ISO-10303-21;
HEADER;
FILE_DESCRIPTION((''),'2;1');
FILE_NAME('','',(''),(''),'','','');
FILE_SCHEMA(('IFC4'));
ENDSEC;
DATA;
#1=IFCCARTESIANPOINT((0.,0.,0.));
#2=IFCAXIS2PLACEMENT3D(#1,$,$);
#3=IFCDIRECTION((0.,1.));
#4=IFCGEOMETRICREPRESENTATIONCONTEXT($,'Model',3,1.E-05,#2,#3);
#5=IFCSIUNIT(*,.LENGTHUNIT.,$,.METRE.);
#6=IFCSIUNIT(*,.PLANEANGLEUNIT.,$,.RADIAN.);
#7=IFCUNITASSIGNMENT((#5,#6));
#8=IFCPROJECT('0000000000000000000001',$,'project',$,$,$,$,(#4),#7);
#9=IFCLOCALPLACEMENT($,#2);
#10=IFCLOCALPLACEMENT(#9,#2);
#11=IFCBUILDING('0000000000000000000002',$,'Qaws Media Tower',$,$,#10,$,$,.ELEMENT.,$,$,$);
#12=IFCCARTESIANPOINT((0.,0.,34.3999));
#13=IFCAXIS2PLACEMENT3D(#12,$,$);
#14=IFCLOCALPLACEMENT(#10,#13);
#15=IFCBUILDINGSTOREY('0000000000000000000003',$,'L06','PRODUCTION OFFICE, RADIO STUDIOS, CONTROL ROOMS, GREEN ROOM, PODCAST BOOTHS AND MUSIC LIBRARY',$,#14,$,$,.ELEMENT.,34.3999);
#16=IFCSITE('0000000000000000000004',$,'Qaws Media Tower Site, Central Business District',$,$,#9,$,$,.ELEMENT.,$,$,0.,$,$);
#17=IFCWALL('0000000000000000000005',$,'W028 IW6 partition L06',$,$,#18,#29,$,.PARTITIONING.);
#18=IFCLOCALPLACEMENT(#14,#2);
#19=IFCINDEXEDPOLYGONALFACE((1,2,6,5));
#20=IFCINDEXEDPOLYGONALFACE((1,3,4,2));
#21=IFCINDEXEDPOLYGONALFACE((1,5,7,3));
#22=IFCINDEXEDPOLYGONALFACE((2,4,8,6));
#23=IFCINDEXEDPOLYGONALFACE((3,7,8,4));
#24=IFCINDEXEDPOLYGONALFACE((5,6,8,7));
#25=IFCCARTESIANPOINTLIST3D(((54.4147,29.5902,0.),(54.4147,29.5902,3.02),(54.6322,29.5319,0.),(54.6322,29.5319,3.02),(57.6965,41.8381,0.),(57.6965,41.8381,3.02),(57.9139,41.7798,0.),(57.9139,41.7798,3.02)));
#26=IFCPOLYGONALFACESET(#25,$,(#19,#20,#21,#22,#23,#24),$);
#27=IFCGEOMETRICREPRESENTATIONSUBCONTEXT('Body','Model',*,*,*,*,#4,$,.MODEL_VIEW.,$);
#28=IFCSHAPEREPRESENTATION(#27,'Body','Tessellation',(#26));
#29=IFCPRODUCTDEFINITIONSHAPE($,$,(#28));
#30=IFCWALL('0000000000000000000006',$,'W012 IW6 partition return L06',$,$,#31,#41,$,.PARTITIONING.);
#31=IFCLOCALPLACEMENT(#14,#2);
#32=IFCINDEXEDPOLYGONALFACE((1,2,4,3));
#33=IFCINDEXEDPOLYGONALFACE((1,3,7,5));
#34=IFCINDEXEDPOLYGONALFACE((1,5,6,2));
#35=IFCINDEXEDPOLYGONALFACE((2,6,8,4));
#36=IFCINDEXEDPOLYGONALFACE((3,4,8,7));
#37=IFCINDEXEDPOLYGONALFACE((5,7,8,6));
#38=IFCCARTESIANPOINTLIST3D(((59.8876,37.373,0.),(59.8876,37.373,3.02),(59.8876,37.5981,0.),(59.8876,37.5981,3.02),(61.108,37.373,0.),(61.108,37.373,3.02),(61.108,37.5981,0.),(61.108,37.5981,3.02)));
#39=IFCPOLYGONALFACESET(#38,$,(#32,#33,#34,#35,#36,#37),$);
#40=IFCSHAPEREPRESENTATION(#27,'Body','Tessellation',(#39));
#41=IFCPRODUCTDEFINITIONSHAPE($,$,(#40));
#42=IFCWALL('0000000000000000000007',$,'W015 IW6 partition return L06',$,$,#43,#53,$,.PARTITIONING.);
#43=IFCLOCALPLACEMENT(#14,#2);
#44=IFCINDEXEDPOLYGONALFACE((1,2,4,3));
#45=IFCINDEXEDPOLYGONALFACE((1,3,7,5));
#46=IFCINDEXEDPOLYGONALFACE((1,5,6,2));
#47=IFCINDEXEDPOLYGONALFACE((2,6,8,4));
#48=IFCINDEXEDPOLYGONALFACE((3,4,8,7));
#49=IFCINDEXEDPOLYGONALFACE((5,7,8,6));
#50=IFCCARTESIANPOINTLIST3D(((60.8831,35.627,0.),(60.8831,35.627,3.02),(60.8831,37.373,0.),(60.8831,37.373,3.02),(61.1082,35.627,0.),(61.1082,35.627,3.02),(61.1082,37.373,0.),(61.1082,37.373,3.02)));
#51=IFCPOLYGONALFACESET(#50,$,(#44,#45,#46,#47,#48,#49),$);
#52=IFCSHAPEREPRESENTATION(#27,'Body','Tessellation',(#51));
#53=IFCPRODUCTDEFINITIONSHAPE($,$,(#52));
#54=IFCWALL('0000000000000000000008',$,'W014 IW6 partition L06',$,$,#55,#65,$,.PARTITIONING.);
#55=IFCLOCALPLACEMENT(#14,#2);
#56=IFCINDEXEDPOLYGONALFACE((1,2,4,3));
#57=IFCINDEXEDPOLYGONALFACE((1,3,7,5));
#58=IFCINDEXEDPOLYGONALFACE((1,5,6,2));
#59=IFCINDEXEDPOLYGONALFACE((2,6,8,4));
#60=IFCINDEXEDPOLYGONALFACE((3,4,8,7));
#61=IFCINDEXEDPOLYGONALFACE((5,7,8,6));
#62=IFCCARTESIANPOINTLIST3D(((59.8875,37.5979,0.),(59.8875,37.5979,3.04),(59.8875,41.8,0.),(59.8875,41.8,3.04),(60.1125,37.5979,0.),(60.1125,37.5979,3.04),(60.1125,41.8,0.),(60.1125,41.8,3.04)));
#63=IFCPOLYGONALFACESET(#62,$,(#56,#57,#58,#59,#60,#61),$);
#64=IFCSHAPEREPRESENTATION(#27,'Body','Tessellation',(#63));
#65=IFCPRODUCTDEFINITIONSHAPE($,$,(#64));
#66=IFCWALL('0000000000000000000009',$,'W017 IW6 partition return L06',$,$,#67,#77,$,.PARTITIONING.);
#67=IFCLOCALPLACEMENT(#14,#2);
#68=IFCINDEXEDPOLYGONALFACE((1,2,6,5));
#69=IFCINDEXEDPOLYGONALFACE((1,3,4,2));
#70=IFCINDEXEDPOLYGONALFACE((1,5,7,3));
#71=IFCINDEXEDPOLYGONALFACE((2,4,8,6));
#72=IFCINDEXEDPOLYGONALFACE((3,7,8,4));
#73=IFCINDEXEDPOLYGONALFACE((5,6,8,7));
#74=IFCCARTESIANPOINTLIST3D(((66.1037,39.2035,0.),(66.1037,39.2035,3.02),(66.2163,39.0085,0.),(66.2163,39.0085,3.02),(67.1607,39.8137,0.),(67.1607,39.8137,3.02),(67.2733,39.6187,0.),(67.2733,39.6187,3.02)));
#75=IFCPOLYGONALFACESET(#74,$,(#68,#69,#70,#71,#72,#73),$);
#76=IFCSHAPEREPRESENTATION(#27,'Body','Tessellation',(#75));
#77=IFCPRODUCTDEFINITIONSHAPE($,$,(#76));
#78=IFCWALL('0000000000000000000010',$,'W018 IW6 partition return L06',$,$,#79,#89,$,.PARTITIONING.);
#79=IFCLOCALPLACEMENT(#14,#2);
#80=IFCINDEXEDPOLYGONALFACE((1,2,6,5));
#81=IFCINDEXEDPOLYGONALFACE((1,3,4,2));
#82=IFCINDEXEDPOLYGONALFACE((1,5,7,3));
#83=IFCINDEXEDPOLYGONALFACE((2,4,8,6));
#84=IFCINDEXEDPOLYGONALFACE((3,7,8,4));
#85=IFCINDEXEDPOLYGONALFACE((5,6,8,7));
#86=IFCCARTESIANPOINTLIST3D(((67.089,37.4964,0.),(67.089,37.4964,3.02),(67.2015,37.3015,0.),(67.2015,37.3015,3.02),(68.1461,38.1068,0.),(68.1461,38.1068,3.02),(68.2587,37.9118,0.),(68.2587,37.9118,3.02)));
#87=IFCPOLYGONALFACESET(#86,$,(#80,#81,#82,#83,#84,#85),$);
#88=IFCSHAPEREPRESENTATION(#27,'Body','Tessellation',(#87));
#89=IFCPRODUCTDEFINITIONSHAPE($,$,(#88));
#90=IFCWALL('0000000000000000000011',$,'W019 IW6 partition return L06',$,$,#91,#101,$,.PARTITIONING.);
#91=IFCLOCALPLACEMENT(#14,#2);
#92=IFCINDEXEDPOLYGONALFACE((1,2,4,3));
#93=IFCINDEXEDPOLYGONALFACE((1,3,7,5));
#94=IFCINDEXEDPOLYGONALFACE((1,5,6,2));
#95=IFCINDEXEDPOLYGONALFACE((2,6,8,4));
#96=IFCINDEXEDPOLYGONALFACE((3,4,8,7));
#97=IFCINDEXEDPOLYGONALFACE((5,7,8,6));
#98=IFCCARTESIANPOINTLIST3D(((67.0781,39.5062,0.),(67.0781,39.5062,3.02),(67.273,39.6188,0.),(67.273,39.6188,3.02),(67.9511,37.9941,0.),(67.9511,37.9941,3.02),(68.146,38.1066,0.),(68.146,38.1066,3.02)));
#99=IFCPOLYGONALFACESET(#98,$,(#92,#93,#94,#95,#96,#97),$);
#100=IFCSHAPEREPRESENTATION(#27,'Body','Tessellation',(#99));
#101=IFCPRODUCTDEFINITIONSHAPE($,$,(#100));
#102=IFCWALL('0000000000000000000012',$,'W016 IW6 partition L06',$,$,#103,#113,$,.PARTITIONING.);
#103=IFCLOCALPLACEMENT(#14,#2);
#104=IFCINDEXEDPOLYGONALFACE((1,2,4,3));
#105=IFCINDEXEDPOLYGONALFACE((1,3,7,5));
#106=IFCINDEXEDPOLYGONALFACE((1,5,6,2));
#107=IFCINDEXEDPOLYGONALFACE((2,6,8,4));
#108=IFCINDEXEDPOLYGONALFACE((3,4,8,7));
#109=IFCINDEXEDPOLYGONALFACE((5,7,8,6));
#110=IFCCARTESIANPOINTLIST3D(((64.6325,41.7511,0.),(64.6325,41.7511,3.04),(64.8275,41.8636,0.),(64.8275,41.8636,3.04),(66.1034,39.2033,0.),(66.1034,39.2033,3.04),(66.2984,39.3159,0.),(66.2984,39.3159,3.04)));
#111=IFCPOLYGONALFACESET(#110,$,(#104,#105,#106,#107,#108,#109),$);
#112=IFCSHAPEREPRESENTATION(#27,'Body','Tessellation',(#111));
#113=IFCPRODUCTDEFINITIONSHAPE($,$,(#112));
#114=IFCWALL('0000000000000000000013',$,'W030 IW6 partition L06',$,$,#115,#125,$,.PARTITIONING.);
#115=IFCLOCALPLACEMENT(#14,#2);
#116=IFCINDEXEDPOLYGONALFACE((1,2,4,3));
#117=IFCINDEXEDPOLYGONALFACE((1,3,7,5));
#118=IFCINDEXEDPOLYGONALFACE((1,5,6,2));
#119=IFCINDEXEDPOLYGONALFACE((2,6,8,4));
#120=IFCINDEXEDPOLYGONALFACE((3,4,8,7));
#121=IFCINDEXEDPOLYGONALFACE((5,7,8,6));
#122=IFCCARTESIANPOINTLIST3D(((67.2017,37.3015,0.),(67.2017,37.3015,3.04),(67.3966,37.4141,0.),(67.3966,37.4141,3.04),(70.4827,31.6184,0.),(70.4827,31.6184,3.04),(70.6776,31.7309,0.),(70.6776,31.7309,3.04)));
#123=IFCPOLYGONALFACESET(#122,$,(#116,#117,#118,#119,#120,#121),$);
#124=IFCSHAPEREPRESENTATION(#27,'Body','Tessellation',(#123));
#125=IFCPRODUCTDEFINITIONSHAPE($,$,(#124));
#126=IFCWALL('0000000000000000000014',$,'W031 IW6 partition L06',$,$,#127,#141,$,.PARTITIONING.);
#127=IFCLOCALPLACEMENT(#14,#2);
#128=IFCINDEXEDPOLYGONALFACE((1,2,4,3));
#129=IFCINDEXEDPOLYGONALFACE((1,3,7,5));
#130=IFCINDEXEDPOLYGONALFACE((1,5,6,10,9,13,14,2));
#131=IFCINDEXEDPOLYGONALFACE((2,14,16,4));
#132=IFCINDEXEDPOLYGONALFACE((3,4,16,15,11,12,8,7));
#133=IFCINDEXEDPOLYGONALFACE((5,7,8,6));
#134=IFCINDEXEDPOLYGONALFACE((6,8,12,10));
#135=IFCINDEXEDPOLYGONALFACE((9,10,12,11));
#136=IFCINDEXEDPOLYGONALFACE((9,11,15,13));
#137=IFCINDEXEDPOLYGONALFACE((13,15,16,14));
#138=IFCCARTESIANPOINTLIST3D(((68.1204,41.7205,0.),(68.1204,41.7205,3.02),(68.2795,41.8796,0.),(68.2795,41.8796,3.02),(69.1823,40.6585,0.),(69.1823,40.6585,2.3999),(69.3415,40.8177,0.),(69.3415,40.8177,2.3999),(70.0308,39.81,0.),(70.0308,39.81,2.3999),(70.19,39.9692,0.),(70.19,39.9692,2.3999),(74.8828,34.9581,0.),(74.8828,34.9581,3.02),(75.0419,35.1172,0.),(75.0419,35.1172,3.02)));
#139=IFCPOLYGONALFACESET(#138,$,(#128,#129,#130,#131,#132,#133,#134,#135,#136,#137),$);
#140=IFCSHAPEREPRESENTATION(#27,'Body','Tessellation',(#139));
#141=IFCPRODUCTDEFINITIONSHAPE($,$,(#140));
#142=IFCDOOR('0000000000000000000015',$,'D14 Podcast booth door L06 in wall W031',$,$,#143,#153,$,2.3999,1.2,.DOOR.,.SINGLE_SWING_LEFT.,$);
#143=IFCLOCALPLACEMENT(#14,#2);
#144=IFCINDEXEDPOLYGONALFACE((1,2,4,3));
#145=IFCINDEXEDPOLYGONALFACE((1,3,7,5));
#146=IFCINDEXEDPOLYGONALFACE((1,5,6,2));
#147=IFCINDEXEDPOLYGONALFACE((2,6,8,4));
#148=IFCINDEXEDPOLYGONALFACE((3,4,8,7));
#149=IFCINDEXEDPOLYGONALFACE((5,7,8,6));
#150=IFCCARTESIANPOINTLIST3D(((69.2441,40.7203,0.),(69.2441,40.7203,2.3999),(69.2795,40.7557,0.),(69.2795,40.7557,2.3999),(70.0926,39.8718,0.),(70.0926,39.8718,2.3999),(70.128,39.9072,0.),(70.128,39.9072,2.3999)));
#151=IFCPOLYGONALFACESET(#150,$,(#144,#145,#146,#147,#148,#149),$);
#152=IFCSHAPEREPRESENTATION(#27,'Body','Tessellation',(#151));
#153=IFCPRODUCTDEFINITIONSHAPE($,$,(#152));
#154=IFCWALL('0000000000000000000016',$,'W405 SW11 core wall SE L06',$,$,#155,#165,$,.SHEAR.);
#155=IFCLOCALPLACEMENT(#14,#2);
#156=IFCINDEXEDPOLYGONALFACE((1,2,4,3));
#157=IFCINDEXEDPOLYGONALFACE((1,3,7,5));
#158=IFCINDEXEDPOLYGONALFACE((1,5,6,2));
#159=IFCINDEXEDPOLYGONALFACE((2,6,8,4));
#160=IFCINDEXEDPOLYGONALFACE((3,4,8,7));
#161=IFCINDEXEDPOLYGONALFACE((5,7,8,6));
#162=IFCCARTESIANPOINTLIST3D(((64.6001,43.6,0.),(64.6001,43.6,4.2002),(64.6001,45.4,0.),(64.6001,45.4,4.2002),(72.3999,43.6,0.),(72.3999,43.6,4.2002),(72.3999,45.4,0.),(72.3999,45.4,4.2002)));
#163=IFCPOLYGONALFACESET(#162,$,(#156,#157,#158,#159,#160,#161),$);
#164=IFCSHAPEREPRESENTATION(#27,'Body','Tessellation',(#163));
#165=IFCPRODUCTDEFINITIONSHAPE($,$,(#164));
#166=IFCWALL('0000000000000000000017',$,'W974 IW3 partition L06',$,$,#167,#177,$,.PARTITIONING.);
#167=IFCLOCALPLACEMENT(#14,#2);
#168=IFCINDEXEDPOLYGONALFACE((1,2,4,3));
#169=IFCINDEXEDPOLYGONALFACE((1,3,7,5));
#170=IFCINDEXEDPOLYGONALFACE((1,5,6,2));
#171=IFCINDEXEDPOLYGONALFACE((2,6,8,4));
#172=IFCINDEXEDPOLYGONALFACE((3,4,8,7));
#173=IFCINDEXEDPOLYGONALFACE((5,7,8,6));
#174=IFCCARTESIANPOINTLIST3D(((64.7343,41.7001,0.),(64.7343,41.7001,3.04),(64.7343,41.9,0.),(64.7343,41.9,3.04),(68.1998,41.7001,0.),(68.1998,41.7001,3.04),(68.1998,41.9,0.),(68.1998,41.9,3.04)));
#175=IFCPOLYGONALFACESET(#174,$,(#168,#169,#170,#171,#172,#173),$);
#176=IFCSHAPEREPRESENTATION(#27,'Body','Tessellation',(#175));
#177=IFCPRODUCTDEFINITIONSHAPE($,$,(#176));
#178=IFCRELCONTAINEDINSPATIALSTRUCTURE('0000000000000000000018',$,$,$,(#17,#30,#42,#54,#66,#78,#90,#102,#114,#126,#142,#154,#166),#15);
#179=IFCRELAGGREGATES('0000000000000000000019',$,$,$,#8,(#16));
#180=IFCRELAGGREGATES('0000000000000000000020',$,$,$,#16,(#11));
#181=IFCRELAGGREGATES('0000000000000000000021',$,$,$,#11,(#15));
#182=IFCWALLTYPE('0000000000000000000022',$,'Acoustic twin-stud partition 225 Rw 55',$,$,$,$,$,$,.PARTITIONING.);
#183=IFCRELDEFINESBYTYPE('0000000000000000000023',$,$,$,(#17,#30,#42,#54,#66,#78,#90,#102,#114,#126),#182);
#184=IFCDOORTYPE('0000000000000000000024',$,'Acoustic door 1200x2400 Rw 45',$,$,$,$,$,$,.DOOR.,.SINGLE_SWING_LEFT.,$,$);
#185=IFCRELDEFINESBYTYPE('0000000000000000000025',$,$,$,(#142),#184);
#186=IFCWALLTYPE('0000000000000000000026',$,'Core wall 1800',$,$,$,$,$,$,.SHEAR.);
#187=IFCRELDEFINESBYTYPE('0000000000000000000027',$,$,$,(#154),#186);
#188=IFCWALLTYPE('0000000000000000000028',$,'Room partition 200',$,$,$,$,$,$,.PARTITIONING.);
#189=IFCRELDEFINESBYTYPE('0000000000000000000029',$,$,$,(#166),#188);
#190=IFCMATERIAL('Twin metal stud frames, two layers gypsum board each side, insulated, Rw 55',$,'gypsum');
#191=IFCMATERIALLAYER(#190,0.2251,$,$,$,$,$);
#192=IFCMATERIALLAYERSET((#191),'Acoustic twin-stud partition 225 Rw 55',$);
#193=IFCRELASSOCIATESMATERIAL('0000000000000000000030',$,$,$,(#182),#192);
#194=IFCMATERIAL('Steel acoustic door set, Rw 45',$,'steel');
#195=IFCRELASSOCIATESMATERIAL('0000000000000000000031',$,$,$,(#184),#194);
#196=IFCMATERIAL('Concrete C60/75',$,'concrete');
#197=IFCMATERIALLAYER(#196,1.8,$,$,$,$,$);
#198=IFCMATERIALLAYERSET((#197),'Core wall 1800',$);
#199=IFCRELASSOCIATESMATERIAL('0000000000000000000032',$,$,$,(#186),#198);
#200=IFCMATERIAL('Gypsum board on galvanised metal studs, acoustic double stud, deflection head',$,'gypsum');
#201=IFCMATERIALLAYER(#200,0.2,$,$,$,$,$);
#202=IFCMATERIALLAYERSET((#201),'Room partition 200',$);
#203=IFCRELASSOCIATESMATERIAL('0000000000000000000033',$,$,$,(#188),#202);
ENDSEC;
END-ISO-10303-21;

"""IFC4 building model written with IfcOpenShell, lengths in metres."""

from ifc_helpers import new_model, si_unit, direction, frame, frame_2d, origin, place, context, subcontext, project, spatial, rectangle, extrude, material, layer, layer_set, type_object, element, fill, save


model = new_model("IFC4")

# Units and contexts
model_context = context("Model", 3, precision=1e-05, world=origin(), true_north=direction((0.0, 1.0)))
body_context = subcontext(model_context, "Body", "Model", "MODEL_VIEW")
ifc_project = project(units=[si_unit("LENGTHUNIT", "METRE"), si_unit("PLANEANGLEUNIT", "RADIAN")], contexts=[model_context])

# Site, building, storey
site_placement = place(None, origin())
site = spatial("IfcSite", under=ifc_project, at=site_placement, Name="Qaws Media Tower Site, Central Business District", CompositionType="ELEMENT", RefElevation=0.0)
building_placement = place(site_placement, origin())
building = spatial("IfcBuilding", under=site, at=building_placement, Name="Qaws Media Tower", CompositionType="ELEMENT")
storey_placement = place(building_placement, frame((0.0, 0.0, 34.3999)))
storey = spatial("IfcBuildingStorey", under=building, at=storey_placement, Name="L06", Description="PRODUCTION OFFICE, RADIO STUDIOS, CONTROL ROOMS, GREEN ROOM, PODCAST BOOTHS AND MUSIC LIBRARY", CompositionType="ELEMENT", Elevation=34.3999)

# Walls
ifc_material_1 = material(Name="Twin metal stud frames, two layers gypsum board each side, insulated, Rw 55", Category="gypsum")
ifc_layer_1 = layer(ifc_material_1, 0.2251)
ifc_layer_set_1 = layer_set([ifc_layer_1], Name="Acoustic twin-stud partition 225 Rw 55")
wall_type_1 = type_object("IfcWallType", Name="Acoustic twin-stud partition 225 Rw 55", PredefinedType="PARTITIONING", material=ifc_layer_set_1)
wall_1_placement = place(storey_placement, frame((57.8052, 41.8088, 0.0), z_axis=(0.0, 0.0, 1.0), x_axis=(-0.258815, -0.965927, 0.0)))
element("IfcWall", 1, at=wall_1_placement, inside=storey, type_object=wall_type_1, Name="W028 IW6 partition L06", PredefinedType="PARTITIONING", context=body_context, shape_type="SweptSolid", body=[
    extrude(rectangle(XDim=12.6799, YDim=0.2251, at=frame_2d((6.3398, 0.0))), origin(), (0.0, 0.0, 1.0), 3.02),
])
wall_2_placement = place(storey_placement, frame((59.8875, 37.4856, 0.0), z_axis=(0.0, 0.0, 1.0), x_axis=(1.0, 0.0, 0.0)))
element("IfcWall", 2, at=wall_2_placement, inside=storey, type_object=wall_type_1, Name="W012 IW6 partition return L06", PredefinedType="PARTITIONING", context=body_context, shape_type="SweptSolid", body=[
    extrude(rectangle(XDim=1.2205, YDim=0.2251, at=frame_2d((0.6104, 0.0))), origin(), (0.0, 0.0, 1.0), 3.02),
])
wall_3_placement = place(storey_placement, frame((60.9956, 37.373, 0.0), z_axis=(0.0, 0.0, 1.0), x_axis=(0.0, -1.0, 0.0)))
element("IfcWall", 3, at=wall_3_placement, inside=storey, type_object=wall_type_1, Name="W015 IW6 partition return L06", PredefinedType="PARTITIONING", context=body_context, shape_type="SweptSolid", body=[
    extrude(rectangle(XDim=1.7461, YDim=0.2251, at=frame_2d((0.873, 0.0))), origin(), (0.0, 0.0, 1.0), 3.02),
])
wall_4_placement = place(storey_placement, frame((60.0, 41.8, 0.0), z_axis=(0.0, 0.0, 1.0), x_axis=(0.0, -1.0, 0.0)))
element("IfcWall", 4, at=wall_4_placement, inside=storey, type_object=wall_type_1, Name="W014 IW6 partition L06", PredefinedType="PARTITIONING", context=body_context, shape_type="SweptSolid", body=[
    extrude(rectangle(XDim=4.2021, YDim=0.2251, at=frame_2d((2.1011, 0.0))), origin(), (0.0, 0.0, 1.0), 3.04),
])
wall_5_placement = place(storey_placement, frame((66.1599, 39.106, 0.0), z_axis=(0.0, 0.0, 1.0), x_axis=(0.866056, 0.499948, 0.0)))
element("IfcWall", 5, at=wall_5_placement, inside=storey, type_object=wall_type_1, Name="W017 IW6 partition return L06", PredefinedType="PARTITIONING", context=body_context, shape_type="SweptSolid", body=[
    extrude(rectangle(XDim=1.2205, YDim=0.2251, at=frame_2d((0.6104, 0.0))), origin(), (0.0, 0.0, 1.0), 3.02),
])
wall_6_placement = place(storey_placement, frame((67.1453, 37.3989, 0.0), z_axis=(0.0, 0.0, 1.0), x_axis=(0.866019, 0.500011, 0.0)))
element("IfcWall", 6, at=wall_6_placement, inside=storey, type_object=wall_type_1, Name="W018 IW6 partition return L06", PredefinedType="PARTITIONING", context=body_context, shape_type="SweptSolid", body=[
    extrude(rectangle(XDim=1.2207, YDim=0.2251, at=frame_2d((0.6104, 0.0))), origin(), (0.0, 0.0, 1.0), 3.02),
])
wall_7_placement = place(storey_placement, frame((67.1755, 39.5625, 0.0), z_axis=(0.0, 0.0, 1.0), x_axis=(0.499989, -0.866032, 0.0)))
element("IfcWall", 7, at=wall_7_placement, inside=storey, type_object=wall_type_1, Name="W019 IW6 partition return L06", PredefinedType="PARTITIONING", context=body_context, shape_type="SweptSolid", body=[
    extrude(rectangle(XDim=1.7461, YDim=0.2251, at=frame_2d((0.873, 0.0))), origin(), (0.0, 0.0, 1.0), 3.02),
])
wall_8_placement = place(storey_placement, frame((64.73, 41.8074, 0.0), z_axis=(0.0, 0.0, 1.0), x_axis=(0.499986, -0.866034, 0.0)))
element("IfcWall", 8, at=wall_8_placement, inside=storey, type_object=wall_type_1, Name="W016 IW6 partition L06", PredefinedType="PARTITIONING", context=body_context, shape_type="SweptSolid", body=[
    extrude(rectangle(XDim=2.9419, YDim=0.2251, at=frame_2d((1.4709, 0.0))), origin(), (0.0, 0.0, 1.0), 3.04),
])
wall_9_placement = place(storey_placement, frame((67.2991, 37.3579, 0.0), z_axis=(0.0, 0.0, 1.0), x_axis=(0.499984, -0.866034, 0.0)))
element("IfcWall", 9, at=wall_9_placement, inside=storey, type_object=wall_type_1, Name="W030 IW6 partition L06", PredefinedType="PARTITIONING", context=body_context, shape_type="SweptSolid", body=[
    extrude(rectangle(XDim=6.5623, YDim=0.2251, at=frame_2d((3.2812, 0.0))), origin(), (0.0, 0.0, 1.0), 3.04),
])

# Wall, opening, door
wall_10_placement = place(storey_placement, frame((68.2, 41.8, 0.0), z_axis=(0.0, 0.0, 1.0), x_axis=(0.707107, -0.707107, 0.0)))
wall_10 = element("IfcWall", 10, at=wall_10_placement, inside=storey, type_object=wall_type_1, Name="W031 IW6 partition L06", PredefinedType="PARTITIONING", context=body_context, shape_type="SweptSolid", body=[
    extrude(rectangle(XDim=9.5635, YDim=0.2251, at=frame_2d((4.7817, 0.0))), origin(), (0.0, 0.0, 1.0), 3.02),
])
opening_1_placement = place(wall_10_placement, frame((1.5017, 0.0, 0.0)))
opening_1 = element("IfcOpeningElement", 11, at=opening_1_placement, cuts=wall_10, PredefinedType="OPENING", context=body_context, shape_type="SweptSolid", body=[
    extrude(rectangle(XDim=1.2, YDim=2.3999, at=frame_2d((0.6001, 1.2))), frame((0.0, 0.1226, 0.0), z_axis=(0.0, -1.0, 0.0), x_axis=(1.0, 0.0, 0.0)), (0.0, 0.0, 1.0), 0.2451),
])
ifc_material_2 = material(Name="Steel acoustic door set, Rw 45", Category="steel")
door_type_1 = type_object("IfcDoorType", Name="Acoustic door 1200x2400 Rw 45", OperationType="SINGLE_SWING_LEFT", PredefinedType="DOOR", material=ifc_material_2)
door_1_placement = place(opening_1_placement, origin())
door_1 = element("IfcDoor", 12, at=door_1_placement, inside=storey, type_object=door_type_1, Name="D14 Podcast booth door L06 in wall W031", OperationType="SINGLE_SWING_LEFT", OverallHeight=2.3999, OverallWidth=1.2, PredefinedType="DOOR", context=body_context, shape_type="SweptSolid", body=[
    extrude(rectangle(XDim=1.2, YDim=2.3999, at=frame_2d((0.6001, 1.2))), frame((0.0, 0.0249, 0.0), z_axis=(0.0, -1.0, 0.0), x_axis=(1.0, 0.0, 0.0)), (0.0, 0.0, 1.0), 0.05),
])
fill(opening_1, door_1)

# Walls
ifc_material_3 = material(Name="Concrete C60/75", Category="concrete")
ifc_layer_2 = layer(ifc_material_3, 1.8)
ifc_layer_set_2 = layer_set([ifc_layer_2], Name="Core wall 1800")
wall_type_2 = type_object("IfcWallType", Name="Core wall 1800", PredefinedType="SHEAR", material=ifc_layer_set_2)
wall_11_placement = place(storey_placement, frame((64.6001, 44.5, 0.0), z_axis=(0.0, 0.0, 1.0), x_axis=(1.0, 0.0, 0.0)))
element("IfcWall", 13, at=wall_11_placement, inside=storey, type_object=wall_type_2, Name="W405 SW11 core wall SE L06", PredefinedType="SHEAR", context=body_context, shape_type="SweptSolid", body=[
    extrude(rectangle(XDim=7.7998, YDim=1.8, at=frame_2d((3.8999, 0.0))), origin(), (0.0, 0.0, 1.0), 4.2002),
])
ifc_material_4 = material(Name="Gypsum board on galvanised metal studs, acoustic double stud, deflection head", Category="gypsum")
ifc_layer_3 = layer(ifc_material_4, 0.2)
ifc_layer_set_3 = layer_set([ifc_layer_3], Name="Room partition 200")
wall_type_3 = type_object("IfcWallType", Name="Room partition 200", PredefinedType="PARTITIONING", material=ifc_layer_set_3)
wall_12_placement = place(storey_placement, frame((68.2, 41.8, 0.0), z_axis=(0.0, 0.0, 1.0), x_axis=(-1.0, 0.0, 0.0)))
element("IfcWall", 14, at=wall_12_placement, inside=storey, type_object=wall_type_3, Name="W974 IW3 partition L06", PredefinedType="PARTITIONING", context=body_context, shape_type="SweptSolid", body=[
    extrude(rectangle(XDim=3.4656, YDim=0.2, at=frame_2d((1.7329, 0.0))), origin(), (0.0, 0.0, 1.0), 3.04),
])

save(model, "model.ifc")
